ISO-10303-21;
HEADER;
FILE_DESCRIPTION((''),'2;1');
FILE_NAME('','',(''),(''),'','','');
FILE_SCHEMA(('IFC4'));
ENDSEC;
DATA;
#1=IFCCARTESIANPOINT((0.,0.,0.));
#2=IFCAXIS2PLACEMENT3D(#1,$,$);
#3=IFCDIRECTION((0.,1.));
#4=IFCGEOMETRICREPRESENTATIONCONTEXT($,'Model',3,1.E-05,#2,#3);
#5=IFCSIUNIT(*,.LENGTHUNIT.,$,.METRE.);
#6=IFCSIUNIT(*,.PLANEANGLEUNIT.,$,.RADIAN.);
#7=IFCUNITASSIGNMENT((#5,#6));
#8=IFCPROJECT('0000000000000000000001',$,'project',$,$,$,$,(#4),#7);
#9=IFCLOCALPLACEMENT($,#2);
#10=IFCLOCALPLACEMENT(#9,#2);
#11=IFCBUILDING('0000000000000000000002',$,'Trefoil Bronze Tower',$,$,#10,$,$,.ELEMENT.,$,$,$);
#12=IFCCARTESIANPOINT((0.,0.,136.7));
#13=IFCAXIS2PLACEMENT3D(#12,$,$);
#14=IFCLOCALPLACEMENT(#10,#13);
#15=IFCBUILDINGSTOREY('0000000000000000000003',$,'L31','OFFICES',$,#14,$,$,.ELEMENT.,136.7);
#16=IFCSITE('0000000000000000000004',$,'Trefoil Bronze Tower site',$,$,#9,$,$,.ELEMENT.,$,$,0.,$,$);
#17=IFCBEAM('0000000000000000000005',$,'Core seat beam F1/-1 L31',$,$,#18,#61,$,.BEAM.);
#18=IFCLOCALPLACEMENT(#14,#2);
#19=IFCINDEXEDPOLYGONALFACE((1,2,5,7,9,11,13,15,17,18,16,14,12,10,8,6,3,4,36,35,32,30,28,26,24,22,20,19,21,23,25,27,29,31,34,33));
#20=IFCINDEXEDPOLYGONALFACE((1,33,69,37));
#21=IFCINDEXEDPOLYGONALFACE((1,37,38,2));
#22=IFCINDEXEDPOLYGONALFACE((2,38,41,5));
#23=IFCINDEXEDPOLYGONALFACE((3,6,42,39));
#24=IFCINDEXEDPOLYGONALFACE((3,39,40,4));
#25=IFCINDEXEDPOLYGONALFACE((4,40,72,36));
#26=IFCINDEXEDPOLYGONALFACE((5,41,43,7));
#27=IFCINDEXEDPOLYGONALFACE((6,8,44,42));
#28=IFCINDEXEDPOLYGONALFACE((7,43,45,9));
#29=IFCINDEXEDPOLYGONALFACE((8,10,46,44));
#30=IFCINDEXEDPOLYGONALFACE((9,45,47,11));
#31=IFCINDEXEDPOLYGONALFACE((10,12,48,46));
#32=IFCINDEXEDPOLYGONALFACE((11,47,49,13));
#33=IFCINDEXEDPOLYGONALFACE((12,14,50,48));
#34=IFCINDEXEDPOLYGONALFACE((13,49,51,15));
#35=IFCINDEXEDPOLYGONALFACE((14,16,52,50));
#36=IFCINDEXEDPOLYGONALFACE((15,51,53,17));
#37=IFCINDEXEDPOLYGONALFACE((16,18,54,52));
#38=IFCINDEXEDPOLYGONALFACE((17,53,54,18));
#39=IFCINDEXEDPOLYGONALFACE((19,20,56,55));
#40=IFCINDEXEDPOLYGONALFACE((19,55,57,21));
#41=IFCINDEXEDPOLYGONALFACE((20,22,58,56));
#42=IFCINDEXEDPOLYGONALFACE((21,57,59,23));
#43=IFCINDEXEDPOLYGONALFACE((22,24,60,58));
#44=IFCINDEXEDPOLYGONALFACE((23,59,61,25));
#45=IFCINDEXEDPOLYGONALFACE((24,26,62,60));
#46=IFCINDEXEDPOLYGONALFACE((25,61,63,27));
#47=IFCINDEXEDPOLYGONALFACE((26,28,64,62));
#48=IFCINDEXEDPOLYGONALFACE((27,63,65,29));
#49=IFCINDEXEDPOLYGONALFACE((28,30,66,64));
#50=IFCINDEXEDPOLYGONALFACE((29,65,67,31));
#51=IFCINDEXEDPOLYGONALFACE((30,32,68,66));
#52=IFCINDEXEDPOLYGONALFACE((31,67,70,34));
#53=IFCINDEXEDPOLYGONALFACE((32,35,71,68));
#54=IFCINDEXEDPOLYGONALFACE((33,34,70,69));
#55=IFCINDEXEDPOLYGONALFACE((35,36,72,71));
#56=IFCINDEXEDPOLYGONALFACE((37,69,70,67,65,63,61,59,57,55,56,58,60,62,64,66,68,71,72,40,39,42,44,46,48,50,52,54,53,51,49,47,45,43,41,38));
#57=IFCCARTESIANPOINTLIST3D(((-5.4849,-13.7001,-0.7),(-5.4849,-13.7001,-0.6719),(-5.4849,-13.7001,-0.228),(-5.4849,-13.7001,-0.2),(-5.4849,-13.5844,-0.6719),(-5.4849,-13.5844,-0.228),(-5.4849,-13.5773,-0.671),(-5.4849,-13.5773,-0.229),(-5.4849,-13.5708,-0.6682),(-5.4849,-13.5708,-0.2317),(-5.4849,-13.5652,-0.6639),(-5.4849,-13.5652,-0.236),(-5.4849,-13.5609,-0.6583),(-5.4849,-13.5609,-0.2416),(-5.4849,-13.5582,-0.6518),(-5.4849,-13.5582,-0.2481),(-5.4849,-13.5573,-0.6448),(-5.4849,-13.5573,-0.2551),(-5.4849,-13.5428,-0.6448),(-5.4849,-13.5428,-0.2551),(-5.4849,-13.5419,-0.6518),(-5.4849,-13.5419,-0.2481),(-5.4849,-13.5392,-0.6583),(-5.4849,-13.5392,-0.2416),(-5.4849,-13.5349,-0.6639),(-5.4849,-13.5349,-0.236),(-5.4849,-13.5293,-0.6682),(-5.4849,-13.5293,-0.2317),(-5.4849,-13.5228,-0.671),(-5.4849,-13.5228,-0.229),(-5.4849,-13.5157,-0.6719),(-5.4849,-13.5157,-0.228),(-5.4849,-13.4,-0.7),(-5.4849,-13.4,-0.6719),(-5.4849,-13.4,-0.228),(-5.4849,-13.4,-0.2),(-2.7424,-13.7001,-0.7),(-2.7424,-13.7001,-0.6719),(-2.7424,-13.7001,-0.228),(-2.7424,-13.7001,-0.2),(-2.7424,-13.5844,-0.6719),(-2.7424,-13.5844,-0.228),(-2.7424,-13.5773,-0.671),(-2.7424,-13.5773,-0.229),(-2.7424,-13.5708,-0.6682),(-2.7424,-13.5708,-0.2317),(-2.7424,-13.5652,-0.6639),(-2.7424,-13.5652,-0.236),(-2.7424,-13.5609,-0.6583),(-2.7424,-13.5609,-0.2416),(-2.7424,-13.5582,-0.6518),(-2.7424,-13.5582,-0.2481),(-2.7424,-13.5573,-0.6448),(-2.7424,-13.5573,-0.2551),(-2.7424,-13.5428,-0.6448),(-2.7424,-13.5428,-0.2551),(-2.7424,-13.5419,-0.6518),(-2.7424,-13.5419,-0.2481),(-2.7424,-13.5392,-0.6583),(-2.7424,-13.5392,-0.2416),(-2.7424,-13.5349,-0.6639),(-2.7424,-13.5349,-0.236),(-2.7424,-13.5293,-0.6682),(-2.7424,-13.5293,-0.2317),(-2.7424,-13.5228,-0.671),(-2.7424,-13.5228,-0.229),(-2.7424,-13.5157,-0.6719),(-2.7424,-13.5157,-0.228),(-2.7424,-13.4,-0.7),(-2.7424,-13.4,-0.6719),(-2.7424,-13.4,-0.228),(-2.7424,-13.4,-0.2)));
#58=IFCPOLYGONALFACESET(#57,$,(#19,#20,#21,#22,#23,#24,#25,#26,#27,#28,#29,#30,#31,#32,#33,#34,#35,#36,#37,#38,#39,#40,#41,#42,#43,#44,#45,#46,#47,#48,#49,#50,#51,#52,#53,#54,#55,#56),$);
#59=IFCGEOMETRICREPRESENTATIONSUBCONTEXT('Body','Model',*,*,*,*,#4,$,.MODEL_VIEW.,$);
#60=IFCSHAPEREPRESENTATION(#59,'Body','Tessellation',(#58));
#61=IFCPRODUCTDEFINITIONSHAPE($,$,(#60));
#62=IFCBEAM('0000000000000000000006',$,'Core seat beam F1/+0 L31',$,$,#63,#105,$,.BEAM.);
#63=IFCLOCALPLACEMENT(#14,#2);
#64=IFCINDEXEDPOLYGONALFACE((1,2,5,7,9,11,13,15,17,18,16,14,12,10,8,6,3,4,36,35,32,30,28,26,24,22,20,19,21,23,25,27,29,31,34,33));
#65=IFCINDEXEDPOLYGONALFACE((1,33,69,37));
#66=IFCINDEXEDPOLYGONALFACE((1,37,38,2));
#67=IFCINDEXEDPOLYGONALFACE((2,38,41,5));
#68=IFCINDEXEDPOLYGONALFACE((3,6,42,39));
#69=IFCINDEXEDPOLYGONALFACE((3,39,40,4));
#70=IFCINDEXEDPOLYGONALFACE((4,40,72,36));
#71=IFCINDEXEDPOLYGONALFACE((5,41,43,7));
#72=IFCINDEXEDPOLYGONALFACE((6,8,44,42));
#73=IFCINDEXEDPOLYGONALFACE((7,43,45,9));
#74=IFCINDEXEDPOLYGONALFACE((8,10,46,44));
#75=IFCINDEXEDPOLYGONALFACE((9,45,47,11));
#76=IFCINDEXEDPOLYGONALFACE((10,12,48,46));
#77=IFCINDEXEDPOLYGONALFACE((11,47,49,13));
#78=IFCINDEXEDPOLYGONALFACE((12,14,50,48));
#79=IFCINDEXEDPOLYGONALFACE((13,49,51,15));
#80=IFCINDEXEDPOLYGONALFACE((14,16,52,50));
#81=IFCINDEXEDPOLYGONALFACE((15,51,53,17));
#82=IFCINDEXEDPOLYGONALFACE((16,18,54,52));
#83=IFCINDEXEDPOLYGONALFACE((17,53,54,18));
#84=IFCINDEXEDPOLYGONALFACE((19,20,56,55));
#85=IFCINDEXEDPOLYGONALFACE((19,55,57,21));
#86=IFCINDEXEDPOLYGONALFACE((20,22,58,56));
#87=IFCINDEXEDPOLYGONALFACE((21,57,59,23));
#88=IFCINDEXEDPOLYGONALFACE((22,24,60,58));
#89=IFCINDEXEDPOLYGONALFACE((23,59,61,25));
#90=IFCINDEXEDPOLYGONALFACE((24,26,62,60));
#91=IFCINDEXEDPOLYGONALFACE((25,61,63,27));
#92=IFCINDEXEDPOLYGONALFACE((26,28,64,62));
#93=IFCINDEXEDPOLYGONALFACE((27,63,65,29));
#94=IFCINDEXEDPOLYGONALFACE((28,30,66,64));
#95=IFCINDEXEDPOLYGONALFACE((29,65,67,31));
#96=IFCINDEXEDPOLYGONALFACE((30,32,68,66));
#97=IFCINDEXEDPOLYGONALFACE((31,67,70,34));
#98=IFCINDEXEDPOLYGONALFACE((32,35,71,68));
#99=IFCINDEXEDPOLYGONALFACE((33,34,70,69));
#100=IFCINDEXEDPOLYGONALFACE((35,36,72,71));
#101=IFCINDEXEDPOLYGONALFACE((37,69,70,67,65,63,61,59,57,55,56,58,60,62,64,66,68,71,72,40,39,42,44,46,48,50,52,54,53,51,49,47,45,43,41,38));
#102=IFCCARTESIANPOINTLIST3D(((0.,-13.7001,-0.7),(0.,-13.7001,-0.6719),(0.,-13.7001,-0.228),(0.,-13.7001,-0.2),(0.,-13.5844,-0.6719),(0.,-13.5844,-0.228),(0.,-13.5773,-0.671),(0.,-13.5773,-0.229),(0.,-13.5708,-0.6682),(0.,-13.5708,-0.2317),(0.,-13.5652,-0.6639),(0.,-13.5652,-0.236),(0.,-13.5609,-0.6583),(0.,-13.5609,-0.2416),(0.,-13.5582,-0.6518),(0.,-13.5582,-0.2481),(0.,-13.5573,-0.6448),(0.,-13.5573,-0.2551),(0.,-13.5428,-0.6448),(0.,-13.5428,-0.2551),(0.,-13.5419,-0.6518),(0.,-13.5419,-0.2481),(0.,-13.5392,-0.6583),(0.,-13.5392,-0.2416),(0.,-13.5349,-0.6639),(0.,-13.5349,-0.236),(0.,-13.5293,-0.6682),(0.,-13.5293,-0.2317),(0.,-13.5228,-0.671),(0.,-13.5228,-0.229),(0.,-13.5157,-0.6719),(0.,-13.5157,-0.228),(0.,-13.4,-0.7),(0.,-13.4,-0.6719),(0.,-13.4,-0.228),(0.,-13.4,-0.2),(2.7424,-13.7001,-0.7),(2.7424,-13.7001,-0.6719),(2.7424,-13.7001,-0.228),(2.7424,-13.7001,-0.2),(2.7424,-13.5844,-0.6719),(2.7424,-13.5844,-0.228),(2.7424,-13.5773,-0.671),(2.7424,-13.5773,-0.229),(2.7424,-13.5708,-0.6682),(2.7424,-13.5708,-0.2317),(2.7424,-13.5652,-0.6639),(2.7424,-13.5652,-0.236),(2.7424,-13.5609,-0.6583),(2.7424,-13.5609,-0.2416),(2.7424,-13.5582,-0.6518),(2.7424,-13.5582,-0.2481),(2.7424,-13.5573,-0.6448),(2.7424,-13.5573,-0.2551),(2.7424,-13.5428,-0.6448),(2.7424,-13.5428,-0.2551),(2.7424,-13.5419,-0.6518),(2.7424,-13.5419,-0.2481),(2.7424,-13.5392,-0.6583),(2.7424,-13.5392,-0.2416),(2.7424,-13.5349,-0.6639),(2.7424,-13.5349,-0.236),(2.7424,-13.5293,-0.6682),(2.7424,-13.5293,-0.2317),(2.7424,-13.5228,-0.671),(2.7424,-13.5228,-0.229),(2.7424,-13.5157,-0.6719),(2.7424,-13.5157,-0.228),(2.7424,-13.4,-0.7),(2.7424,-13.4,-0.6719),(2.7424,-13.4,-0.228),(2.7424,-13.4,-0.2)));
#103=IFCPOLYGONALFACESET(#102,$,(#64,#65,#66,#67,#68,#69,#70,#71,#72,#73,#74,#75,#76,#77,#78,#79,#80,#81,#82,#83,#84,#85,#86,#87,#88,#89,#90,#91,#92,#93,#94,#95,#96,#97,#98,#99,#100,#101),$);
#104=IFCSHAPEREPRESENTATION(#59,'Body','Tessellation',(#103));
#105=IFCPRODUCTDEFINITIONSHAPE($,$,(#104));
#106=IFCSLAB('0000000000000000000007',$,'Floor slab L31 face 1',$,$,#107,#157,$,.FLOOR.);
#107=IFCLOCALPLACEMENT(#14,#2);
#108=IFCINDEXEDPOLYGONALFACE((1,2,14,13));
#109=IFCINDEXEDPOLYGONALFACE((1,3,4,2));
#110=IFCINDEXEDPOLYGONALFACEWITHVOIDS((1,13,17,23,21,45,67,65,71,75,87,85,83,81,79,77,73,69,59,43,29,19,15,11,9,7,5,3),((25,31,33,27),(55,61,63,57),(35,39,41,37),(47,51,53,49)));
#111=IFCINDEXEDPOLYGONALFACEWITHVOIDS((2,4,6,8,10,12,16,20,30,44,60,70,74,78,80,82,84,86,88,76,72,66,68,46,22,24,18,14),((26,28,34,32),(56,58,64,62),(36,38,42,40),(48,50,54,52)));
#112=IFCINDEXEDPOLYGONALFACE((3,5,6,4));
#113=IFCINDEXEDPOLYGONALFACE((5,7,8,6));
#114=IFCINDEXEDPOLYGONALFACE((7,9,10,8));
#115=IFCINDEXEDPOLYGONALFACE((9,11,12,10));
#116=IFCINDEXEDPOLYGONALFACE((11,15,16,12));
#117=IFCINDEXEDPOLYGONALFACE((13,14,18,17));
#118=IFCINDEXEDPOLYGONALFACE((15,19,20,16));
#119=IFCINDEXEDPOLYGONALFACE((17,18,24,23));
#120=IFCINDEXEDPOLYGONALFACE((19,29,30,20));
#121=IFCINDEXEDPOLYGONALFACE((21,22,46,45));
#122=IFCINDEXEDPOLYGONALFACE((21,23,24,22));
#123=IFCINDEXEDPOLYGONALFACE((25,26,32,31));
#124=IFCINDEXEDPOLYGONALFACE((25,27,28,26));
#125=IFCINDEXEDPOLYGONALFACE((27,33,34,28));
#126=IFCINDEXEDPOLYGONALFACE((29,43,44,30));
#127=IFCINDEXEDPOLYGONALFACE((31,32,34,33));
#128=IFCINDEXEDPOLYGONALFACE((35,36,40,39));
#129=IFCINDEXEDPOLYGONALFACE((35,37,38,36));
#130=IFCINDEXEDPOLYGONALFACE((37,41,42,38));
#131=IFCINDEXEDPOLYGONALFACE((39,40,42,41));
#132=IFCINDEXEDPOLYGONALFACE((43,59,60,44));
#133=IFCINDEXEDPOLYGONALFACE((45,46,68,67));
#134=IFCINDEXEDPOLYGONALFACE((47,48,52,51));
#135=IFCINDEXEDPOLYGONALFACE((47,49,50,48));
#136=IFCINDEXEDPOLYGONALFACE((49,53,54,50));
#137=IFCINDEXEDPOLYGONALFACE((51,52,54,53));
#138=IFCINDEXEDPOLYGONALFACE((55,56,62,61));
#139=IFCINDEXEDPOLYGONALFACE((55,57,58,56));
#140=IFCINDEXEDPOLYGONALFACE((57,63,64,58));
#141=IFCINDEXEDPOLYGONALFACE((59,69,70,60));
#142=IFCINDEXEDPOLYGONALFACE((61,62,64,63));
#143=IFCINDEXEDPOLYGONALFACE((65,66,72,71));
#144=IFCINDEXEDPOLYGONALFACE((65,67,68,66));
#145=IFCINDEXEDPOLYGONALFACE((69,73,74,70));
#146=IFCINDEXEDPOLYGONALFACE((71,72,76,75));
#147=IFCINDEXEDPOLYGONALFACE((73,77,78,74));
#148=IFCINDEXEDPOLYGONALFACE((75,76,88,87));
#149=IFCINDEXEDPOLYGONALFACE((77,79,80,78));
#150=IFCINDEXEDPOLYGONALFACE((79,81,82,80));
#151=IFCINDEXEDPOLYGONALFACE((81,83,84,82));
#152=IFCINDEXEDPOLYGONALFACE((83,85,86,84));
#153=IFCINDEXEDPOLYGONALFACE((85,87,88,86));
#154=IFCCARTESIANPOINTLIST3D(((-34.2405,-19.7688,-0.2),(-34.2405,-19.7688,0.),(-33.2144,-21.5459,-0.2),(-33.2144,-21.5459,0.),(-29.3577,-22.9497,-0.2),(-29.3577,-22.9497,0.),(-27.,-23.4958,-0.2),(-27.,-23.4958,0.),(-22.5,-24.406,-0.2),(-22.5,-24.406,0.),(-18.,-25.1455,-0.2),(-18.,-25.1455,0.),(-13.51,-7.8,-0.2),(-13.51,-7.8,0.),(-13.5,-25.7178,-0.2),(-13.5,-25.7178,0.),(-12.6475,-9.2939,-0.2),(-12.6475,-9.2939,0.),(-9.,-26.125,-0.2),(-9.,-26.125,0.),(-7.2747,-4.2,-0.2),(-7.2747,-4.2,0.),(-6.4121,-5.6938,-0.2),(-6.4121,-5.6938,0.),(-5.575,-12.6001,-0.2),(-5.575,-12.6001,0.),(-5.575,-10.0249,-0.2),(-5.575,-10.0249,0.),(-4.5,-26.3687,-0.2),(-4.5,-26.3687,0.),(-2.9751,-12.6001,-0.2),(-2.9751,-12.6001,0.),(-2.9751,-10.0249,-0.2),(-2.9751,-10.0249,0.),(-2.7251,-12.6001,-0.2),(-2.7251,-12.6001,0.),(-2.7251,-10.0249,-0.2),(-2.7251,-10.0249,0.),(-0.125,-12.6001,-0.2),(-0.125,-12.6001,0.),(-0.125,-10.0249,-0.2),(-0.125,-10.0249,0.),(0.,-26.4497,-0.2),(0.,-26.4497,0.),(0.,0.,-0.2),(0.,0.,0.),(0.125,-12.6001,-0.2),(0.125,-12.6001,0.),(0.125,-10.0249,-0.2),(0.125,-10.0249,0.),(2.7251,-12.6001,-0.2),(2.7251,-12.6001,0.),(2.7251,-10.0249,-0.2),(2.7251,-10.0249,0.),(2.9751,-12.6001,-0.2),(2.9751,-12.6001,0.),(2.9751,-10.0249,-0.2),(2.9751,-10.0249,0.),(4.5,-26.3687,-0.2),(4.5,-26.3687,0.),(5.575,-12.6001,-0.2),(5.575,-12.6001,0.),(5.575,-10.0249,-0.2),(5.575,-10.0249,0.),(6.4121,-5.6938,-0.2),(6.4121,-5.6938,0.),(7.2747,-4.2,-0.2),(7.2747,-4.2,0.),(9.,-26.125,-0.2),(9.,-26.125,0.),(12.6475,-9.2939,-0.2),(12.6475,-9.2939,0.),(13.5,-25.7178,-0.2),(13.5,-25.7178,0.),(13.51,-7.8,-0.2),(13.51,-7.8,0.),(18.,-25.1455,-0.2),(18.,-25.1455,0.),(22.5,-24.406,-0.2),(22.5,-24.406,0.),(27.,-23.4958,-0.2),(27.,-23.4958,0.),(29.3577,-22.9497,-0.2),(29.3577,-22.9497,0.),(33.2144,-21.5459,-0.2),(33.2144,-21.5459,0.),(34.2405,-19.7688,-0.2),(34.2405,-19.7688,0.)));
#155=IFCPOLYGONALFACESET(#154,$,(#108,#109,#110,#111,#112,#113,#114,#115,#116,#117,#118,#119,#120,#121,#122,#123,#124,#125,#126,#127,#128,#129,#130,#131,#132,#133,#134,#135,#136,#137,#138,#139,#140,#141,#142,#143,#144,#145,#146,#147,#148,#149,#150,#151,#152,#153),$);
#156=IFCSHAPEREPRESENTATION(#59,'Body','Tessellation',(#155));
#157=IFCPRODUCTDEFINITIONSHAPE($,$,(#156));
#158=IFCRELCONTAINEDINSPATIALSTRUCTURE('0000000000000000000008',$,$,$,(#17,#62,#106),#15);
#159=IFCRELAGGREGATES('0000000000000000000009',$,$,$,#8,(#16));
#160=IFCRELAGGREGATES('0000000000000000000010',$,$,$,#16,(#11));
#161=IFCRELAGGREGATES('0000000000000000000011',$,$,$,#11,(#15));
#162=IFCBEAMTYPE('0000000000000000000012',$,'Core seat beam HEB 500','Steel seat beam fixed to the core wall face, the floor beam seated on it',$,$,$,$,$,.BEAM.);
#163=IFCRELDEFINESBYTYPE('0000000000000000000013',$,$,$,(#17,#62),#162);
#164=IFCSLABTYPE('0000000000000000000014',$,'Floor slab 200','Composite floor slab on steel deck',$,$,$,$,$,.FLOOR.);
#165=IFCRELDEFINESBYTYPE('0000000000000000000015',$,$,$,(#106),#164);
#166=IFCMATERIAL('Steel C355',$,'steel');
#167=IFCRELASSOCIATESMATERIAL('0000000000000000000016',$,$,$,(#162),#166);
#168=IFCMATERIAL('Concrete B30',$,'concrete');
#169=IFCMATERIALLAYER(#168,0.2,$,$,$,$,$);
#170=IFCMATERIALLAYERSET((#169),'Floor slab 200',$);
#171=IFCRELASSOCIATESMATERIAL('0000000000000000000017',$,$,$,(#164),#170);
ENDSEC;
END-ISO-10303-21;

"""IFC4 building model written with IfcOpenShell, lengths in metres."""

from ifc_helpers import new_model, si_unit, direction, frame, origin, origin_2d, place, context, subcontext, project, spatial, polyline, i_section, outline, extrude, material, layer, layer_set, material_profile, profile_set, type_object, element, save


model = new_model("IFC4")

# Units and contexts
model_context = context("Model", 3, precision=1e-05, world=origin(), true_north=direction((0.0, 1.0)))
body_context = subcontext(model_context, "Body", "Model", "MODEL_VIEW")
ifc_project = project(units=[si_unit("LENGTHUNIT", "METRE"), si_unit("PLANEANGLEUNIT", "RADIAN")], contexts=[model_context])

# Site, building, storey
site_placement = place(None, origin())
site = spatial("IfcSite", under=ifc_project, at=site_placement, Name="Trefoil Bronze Tower site", CompositionType="ELEMENT", RefElevation=0.0)
building_placement = place(site_placement, origin())
building = spatial("IfcBuilding", under=site, at=building_placement, Name="Trefoil Bronze Tower", CompositionType="ELEMENT")
storey_placement = place(building_placement, frame((0.0, 0.0, 136.7)))
storey = spatial("IfcBuildingStorey", under=building, at=storey_placement, Name="L31", Description="OFFICES", CompositionType="ELEMENT", Elevation=136.7)

# Beams
ifc_material_1 = material(Name="Steel C355", Category="steel")
ifc_material_profile = material_profile(ifc_material_1, i_section(OverallWidth=0.3, OverallDepth=0.5, WebThickness=0.0144, FlangeThickness=0.0281, FilletRadius=0.0271, at=origin_2d()), Name="HEB 500")
ifc_profile_set = profile_set([ifc_material_profile], Name="Steel C355")
beam_type = type_object("IfcBeamType", Name="Core seat beam HEB 500", Description="Steel seat beam fixed to the core wall face, the floor beam seated on it", PredefinedType="BEAM", material=ifc_profile_set)
for number, where, z_axis, x_axis, name in (
    (1, (-5.4849, -13.55, -0.45), (1.0, 0.0, 0.0), (0.0, 1.0, 0.0), "Core seat beam F1/-1 L31"),
    (2, (0.0, -13.55, -0.45), (1.0, 0.0, 0.0), (0.0, 1.0, 0.0), "Core seat beam F1/+0 L31"),
):
    element("IfcBeam", number, at=place(storey_placement, frame(where, z_axis=z_axis, x_axis=x_axis)), inside=storey, type_object=beam_type, Name=name, PredefinedType="BEAM", context=body_context, shape_type="SweptSolid", body=[
        extrude(i_section(OverallWidth=0.3, OverallDepth=0.5, WebThickness=0.0144, FlangeThickness=0.0281, FilletRadius=0.0271, at=origin_2d()), origin(), (0.0, 0.0, 1.0), 2.7424),
    ])

# Slab
ifc_material_2 = material(Name="Concrete B30", Category="concrete")
ifc_layer_1 = layer(ifc_material_2, 0.2)
ifc_layer_set_1 = layer_set([ifc_layer_1], Name="Floor slab 200")
slab_type = type_object("IfcSlabType", Name="Floor slab 200", Description="Composite floor slab on steel deck", PredefinedType="FLOOR", material=ifc_layer_set_1)
slab_1_placement = place(storey_placement, frame((0.0, 0.0, -0.2)))
element("IfcSlab", 3, at=slab_1_placement, inside=storey, type_object=slab_type, Name="Floor slab L31 face 1", PredefinedType="FLOOR", context=body_context, shape_type="SweptSolid", body=[
    extrude(outline(polyline([(22.5, -24.406), (18.0, -25.1455), (13.5, -25.7178), (9.0, -26.125), (4.5, -26.3687), (0.0, -26.4497), (-4.5, -26.3687), (-9.0, -26.125), (-13.5, -25.7178), (-18.0, -25.1455), (-22.5, -24.406), (-27.0, -23.4958), (-29.3577, -22.9497), (-33.2144, -21.5459), (-34.2405, -19.7688), (-13.51, -7.8), (-12.6475, -9.2939), (-6.4121, -5.6938), (-7.2747, -4.2), (0.0, 0.0), (7.2747, -4.2), (6.4121, -5.6938), (12.6475, -9.2939), (13.51, -7.8), (34.2405, -19.7688), (33.2144, -21.5459), (29.3577, -22.9497), (27.0, -23.4958), (22.5, -24.406)]), holes=[polyline([(-5.575, -10.0249), (-2.9751, -10.0249), (-2.9751, -12.6001), (-5.575, -12.6001), (-5.575, -10.0249)]), polyline([(-2.7251, -10.0249), (-0.125, -10.0249), (-0.125, -12.6001), (-2.7251, -12.6001), (-2.7251, -10.0249)]), polyline([(0.125, -10.0249), (2.7251, -10.0249), (2.7251, -12.6001), (0.125, -12.6001), (0.125, -10.0249)]), polyline([(2.9751, -10.0249), (5.575, -10.0249), (5.575, -12.6001), (2.9751, -12.6001), (2.9751, -10.0249)])]), origin(), (0.0, 0.0, 1.0), 0.2),
])

save(model, "model.ifc")
